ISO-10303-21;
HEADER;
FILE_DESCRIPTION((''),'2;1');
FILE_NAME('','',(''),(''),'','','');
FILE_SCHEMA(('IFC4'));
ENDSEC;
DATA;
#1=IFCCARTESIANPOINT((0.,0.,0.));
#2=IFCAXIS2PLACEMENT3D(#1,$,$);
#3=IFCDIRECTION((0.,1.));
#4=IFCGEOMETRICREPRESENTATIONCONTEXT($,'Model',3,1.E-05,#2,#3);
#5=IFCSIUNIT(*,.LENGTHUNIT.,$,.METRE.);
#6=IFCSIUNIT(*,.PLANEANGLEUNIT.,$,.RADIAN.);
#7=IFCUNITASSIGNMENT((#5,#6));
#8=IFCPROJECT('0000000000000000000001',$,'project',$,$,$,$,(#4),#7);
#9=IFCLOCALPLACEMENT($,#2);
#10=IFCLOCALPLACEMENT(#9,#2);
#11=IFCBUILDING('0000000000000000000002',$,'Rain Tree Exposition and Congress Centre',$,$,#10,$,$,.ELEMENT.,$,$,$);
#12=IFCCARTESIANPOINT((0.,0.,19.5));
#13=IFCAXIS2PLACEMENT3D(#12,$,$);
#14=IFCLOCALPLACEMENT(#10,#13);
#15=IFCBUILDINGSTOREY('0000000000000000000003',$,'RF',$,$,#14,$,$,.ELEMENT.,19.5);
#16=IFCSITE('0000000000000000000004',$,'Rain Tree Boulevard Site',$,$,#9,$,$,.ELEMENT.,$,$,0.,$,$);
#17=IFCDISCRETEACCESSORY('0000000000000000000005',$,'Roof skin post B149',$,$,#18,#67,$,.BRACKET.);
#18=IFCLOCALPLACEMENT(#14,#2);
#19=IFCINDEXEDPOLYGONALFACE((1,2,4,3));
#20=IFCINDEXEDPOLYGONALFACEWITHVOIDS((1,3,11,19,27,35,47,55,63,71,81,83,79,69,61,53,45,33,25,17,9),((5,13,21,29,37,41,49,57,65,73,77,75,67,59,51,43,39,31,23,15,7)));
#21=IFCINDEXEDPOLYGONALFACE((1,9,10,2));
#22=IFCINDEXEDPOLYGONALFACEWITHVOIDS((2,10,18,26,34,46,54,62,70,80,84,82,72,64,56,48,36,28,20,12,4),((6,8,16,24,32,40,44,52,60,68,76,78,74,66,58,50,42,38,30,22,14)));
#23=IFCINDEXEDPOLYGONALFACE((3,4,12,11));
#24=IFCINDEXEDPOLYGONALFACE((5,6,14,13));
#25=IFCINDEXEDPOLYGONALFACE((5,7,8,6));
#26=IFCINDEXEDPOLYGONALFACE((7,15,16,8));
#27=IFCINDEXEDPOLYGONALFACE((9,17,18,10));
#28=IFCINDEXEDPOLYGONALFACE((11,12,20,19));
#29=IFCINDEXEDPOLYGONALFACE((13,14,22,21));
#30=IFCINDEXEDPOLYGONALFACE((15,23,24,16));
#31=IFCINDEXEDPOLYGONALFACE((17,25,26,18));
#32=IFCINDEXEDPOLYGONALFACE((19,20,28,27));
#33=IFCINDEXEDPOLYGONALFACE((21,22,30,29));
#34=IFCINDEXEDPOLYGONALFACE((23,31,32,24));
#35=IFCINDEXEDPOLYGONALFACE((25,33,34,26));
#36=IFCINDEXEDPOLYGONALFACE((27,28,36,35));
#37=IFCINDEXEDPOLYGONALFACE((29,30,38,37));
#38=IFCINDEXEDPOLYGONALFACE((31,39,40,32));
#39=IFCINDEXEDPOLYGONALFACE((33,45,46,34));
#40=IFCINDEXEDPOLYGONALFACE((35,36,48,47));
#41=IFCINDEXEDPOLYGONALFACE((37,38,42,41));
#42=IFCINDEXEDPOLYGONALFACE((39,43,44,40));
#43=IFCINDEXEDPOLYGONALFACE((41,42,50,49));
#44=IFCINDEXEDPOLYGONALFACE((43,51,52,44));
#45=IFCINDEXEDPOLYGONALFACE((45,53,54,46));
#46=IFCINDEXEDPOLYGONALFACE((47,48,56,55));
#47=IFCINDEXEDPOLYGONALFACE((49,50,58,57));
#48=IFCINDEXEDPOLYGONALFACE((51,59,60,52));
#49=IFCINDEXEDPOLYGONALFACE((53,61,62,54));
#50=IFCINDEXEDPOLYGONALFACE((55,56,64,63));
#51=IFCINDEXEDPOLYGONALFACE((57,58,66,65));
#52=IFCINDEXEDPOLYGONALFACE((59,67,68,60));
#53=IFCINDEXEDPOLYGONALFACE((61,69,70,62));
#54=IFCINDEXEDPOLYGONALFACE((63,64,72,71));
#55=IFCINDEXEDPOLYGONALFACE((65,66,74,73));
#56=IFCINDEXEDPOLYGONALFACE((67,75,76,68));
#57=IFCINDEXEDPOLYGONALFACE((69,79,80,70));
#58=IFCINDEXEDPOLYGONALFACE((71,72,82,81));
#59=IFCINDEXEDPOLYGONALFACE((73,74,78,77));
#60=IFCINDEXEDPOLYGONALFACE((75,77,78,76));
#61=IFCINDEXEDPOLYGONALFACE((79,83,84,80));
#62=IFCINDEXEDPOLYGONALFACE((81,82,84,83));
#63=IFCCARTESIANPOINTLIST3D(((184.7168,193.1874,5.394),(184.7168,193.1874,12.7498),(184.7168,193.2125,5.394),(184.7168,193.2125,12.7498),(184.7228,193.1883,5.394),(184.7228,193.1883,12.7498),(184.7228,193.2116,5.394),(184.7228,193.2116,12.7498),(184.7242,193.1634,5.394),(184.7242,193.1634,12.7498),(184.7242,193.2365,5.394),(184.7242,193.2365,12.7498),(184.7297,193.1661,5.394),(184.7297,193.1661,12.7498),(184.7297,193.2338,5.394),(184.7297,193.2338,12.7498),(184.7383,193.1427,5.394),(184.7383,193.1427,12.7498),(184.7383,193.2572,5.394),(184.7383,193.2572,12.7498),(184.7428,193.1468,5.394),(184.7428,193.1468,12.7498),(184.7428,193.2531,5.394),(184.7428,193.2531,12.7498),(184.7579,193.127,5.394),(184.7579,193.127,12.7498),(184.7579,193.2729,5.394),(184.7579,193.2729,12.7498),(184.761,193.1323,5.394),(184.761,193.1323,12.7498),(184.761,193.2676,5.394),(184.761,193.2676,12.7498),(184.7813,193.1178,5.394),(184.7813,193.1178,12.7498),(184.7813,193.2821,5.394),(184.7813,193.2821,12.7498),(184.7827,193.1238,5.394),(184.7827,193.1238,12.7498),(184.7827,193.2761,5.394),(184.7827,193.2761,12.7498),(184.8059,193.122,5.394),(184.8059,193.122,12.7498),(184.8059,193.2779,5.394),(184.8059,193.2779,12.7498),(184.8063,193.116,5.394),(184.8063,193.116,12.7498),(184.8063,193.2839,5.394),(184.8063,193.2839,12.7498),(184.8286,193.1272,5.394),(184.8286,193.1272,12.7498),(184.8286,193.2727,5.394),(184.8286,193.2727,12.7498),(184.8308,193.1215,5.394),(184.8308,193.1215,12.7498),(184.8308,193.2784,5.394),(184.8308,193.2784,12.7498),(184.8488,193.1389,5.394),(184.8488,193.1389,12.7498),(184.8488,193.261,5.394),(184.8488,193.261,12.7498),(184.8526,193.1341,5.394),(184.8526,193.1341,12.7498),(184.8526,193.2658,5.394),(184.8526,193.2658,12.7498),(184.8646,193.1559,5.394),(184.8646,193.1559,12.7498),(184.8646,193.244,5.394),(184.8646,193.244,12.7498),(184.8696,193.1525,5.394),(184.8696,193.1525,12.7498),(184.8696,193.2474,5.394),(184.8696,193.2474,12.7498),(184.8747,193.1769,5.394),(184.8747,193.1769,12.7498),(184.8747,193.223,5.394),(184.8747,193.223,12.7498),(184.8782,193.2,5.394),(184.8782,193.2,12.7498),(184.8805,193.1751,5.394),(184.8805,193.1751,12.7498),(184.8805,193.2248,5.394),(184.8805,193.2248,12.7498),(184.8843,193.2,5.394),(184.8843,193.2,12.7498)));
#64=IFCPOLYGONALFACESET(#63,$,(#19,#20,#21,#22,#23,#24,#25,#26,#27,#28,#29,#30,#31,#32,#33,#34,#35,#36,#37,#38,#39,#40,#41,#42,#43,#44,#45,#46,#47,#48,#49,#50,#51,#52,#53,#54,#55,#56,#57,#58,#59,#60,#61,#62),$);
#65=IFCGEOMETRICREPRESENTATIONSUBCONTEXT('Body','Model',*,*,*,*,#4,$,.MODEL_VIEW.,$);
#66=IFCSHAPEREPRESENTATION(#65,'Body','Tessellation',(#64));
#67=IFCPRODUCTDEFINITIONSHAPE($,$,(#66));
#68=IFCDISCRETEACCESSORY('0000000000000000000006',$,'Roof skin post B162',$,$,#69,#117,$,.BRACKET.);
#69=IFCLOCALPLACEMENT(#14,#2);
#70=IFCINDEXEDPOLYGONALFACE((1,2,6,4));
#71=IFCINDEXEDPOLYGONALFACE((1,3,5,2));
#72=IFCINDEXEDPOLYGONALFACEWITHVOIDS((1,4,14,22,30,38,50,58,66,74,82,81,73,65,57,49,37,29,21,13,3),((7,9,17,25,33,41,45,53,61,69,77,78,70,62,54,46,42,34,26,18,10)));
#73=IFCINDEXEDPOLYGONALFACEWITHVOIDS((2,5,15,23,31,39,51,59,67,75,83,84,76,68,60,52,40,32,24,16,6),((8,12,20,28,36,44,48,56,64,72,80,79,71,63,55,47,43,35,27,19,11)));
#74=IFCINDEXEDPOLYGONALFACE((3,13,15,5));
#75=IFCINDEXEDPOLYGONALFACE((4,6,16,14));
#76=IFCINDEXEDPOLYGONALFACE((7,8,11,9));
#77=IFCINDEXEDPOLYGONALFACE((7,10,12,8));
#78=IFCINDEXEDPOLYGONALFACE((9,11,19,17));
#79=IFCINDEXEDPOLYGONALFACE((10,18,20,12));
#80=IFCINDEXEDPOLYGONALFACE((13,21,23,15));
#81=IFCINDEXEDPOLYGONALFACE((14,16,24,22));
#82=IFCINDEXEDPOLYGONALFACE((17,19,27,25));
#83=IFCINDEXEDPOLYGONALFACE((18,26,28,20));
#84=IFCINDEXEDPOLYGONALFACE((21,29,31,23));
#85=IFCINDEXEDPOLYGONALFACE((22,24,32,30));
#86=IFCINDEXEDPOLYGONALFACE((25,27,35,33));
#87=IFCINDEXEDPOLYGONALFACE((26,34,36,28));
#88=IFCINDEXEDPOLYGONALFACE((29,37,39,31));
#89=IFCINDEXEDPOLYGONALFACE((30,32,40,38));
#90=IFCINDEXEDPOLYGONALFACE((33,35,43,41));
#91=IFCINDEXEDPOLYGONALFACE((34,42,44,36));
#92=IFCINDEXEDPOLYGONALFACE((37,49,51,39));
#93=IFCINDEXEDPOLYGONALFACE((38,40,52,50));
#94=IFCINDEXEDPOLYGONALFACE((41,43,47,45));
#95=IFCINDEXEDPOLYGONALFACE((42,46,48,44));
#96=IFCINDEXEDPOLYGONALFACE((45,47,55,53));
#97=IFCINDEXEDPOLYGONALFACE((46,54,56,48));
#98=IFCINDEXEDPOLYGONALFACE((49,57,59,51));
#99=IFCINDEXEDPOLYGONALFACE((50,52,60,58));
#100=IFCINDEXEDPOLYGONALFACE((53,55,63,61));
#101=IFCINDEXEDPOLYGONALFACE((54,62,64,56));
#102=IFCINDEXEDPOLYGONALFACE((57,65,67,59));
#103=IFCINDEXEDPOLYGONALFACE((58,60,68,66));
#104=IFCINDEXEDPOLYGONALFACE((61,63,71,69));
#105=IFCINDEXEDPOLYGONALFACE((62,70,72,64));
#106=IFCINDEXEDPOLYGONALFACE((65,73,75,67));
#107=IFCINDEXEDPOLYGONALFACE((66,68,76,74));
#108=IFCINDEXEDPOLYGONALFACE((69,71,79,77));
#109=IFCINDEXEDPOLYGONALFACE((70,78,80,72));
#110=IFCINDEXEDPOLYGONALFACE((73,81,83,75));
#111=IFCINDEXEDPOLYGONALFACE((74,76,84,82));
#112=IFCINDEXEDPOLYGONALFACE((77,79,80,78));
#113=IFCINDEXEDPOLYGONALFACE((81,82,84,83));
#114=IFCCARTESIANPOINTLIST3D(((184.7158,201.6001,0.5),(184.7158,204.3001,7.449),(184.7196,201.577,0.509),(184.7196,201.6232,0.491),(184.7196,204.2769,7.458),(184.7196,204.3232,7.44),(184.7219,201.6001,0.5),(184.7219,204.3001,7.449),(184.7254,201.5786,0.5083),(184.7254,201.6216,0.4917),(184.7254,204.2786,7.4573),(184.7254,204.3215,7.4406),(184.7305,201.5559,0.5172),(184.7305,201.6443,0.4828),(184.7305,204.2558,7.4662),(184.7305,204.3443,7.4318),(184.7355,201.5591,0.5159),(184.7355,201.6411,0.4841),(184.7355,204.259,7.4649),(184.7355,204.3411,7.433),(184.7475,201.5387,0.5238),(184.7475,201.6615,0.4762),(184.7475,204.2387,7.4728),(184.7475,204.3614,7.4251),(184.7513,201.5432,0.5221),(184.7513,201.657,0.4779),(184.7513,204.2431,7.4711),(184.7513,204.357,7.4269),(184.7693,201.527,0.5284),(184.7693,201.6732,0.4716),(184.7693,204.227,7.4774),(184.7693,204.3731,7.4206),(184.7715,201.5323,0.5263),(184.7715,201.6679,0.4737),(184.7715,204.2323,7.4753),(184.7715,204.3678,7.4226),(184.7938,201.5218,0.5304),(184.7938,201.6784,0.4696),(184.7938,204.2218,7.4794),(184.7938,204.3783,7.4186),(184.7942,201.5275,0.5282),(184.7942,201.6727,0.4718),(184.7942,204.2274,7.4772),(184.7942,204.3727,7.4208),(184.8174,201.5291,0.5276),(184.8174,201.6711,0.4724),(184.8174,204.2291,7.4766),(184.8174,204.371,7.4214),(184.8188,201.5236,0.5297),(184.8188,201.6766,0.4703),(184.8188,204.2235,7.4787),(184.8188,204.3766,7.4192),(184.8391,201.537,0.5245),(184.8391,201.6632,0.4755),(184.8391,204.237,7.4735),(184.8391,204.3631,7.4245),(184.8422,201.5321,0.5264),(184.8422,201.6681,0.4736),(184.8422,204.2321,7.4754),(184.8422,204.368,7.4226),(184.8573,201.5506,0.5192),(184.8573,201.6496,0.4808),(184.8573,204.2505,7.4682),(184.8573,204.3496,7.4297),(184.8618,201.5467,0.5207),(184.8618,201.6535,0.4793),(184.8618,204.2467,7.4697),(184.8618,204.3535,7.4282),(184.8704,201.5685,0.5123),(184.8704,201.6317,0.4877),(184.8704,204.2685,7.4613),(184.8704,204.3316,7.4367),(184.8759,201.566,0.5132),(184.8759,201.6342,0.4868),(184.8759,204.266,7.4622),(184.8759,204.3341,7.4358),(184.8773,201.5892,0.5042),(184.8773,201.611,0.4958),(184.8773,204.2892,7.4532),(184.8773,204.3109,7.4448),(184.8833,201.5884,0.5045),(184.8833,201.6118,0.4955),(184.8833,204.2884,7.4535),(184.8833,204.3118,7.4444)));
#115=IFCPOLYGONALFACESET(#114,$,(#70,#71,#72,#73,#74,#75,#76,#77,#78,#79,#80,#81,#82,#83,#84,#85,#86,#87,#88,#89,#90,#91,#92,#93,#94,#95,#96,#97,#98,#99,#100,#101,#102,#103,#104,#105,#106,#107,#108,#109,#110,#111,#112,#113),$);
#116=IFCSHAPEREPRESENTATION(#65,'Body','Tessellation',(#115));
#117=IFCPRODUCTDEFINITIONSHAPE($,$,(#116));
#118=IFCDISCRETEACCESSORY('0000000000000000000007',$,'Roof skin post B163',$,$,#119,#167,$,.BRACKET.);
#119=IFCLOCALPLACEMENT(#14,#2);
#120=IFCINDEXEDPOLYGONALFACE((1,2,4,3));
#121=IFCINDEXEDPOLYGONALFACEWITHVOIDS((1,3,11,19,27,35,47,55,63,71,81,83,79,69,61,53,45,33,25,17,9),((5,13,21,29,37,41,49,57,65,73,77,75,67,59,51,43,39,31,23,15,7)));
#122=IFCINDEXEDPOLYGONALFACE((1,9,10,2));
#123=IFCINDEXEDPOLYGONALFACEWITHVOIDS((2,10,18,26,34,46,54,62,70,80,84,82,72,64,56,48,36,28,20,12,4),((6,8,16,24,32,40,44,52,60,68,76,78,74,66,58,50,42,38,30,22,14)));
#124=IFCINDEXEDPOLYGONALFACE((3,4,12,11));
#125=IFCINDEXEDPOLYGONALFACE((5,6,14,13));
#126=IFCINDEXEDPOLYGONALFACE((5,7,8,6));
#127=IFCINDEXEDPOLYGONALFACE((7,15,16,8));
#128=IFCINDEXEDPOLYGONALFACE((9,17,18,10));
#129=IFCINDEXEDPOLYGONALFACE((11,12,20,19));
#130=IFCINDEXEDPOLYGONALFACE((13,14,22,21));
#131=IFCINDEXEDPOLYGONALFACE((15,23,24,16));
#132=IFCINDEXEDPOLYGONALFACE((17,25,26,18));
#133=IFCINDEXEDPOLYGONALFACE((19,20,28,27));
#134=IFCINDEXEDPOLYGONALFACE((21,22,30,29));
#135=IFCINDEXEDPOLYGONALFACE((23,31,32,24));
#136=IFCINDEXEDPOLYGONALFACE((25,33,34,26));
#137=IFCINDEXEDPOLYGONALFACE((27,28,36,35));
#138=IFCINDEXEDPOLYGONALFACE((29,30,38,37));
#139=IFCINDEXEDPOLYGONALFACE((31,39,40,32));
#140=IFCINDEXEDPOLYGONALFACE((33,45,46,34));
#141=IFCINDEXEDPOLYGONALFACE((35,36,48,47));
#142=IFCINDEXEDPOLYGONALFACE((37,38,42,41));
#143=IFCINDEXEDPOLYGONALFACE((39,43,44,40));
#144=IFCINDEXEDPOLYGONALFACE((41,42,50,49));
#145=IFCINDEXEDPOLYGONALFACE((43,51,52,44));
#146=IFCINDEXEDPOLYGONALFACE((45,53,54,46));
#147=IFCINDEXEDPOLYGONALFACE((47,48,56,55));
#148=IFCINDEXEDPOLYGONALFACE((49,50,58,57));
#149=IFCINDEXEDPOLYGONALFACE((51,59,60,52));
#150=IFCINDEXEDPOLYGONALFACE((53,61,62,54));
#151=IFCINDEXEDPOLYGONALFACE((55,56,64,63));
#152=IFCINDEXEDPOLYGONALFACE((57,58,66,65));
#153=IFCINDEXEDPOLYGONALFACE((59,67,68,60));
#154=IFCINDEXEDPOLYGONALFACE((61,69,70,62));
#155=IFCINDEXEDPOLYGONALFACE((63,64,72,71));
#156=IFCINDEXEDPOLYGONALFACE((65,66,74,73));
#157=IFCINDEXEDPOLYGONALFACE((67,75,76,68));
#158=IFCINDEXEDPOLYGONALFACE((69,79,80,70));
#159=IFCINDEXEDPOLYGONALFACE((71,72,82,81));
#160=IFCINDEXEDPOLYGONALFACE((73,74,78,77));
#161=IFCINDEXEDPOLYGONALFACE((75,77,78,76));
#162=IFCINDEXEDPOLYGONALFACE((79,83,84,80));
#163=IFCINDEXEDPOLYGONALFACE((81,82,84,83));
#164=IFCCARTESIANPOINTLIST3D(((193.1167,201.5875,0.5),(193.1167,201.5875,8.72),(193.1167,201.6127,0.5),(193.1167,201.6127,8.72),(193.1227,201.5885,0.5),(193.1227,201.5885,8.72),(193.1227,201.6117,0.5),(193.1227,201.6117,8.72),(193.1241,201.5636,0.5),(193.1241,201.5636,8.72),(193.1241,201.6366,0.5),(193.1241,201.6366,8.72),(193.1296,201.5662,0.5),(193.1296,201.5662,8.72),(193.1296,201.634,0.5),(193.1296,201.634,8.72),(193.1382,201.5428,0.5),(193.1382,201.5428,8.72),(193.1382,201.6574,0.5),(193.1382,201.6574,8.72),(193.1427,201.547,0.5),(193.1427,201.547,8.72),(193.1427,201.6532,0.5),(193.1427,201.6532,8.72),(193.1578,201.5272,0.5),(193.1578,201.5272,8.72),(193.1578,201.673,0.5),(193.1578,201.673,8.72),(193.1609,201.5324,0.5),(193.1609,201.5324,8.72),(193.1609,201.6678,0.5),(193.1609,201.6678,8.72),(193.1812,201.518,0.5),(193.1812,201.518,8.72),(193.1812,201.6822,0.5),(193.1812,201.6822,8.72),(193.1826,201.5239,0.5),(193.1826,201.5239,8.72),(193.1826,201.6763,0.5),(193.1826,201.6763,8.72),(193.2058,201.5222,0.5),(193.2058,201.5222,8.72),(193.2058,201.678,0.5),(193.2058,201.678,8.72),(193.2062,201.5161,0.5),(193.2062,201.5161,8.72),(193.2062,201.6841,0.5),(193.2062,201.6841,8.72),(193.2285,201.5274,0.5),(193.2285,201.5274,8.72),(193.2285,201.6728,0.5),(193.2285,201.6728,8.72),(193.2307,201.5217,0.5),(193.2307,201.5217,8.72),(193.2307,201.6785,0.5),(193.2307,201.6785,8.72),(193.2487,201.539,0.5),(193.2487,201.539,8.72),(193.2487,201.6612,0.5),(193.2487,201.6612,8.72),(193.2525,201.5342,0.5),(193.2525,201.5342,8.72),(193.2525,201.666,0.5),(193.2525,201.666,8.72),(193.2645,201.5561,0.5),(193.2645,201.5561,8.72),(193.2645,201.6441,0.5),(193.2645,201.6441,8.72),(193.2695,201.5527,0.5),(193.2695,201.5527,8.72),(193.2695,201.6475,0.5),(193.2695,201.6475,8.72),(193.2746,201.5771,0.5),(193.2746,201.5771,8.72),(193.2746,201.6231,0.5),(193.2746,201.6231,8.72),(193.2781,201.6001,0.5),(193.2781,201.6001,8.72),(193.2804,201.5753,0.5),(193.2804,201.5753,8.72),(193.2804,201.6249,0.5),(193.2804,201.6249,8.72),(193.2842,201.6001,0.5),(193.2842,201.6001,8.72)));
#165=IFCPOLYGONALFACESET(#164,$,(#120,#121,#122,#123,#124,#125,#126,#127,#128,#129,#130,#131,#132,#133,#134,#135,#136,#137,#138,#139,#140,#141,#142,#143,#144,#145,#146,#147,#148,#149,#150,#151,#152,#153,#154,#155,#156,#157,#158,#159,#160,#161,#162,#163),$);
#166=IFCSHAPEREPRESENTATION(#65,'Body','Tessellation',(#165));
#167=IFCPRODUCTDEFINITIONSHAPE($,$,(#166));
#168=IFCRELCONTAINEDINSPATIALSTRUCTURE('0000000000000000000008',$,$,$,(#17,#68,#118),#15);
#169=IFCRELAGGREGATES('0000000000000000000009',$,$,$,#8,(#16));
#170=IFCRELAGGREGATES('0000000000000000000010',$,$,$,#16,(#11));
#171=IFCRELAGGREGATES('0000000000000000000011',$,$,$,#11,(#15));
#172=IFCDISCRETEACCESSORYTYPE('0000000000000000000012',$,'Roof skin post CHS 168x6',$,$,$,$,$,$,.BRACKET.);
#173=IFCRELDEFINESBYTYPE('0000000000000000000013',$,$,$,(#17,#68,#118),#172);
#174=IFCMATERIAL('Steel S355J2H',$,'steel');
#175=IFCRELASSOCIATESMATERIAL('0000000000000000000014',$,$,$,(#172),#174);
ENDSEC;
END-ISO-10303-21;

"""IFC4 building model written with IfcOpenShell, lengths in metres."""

from ifc_helpers import new_model, si_unit, direction, frame, origin, origin_2d, place, context, subcontext, project, spatial, hollow_circle, extrude, material, material_profile, profile_set, type_object, element, save


model = new_model("IFC4")

# Units and contexts
model_context = context("Model", 3, precision=1e-05, world=origin(), true_north=direction((0.0, 1.0)))
body_context = subcontext(model_context, "Body", "Model", "MODEL_VIEW")
ifc_project = project(units=[si_unit("LENGTHUNIT", "METRE"), si_unit("PLANEANGLEUNIT", "RADIAN")], contexts=[model_context])

# Site, building, storey
site_placement = place(None, origin())
site = spatial("IfcSite", under=ifc_project, at=site_placement, Name="Rain Tree Boulevard Site", CompositionType="ELEMENT", RefElevation=0.0)
building_placement = place(site_placement, origin())
building = spatial("IfcBuilding", under=site, at=building_placement, Name="Rain Tree Exposition and Congress Centre", CompositionType="ELEMENT")
storey_placement = place(building_placement, frame((0.0, 0.0, 19.5)))
storey = spatial("IfcBuildingStorey", under=building, at=storey_placement, Name="RF", CompositionType="ELEMENT", Elevation=19.5)

# Discrete accessories
ifc_material_1 = material(Name="Steel S355J2H", Category="steel")
ifc_material_profile_1 = material_profile(ifc_material_1, hollow_circle(Radius=0.0842, WallThickness=0.0061, at=origin_2d()), Name="CHS 168x6")
ifc_profile_set_1 = profile_set([ifc_material_profile_1], Name="Steel S355J2H")
discrete_accessory_type_1 = type_object("IfcDiscreteAccessoryType", Name="Roof skin post CHS 168x6", PredefinedType="BRACKET", material=ifc_profile_set_1)
discrete_accessory_1_placement = place(storey_placement, frame((184.8, 193.2, 5.394), z_axis=(0.0, 0.0, 1.0), x_axis=(1.0, 0.0, 0.0)))
element("IfcDiscreteAccessory", 1, at=discrete_accessory_1_placement, inside=storey, type_object=discrete_accessory_type_1, Name="Roof skin post B149", PredefinedType="BRACKET", context=body_context, shape_type="SweptSolid", body=[
    extrude(hollow_circle(Radius=0.0842, WallThickness=0.0061, at=origin_2d()), origin(), (0.0, 0.0, 1.0), 7.3557),
])
discrete_accessory_2_placement = place(storey_placement, frame((184.8, 201.6001, 0.5), z_axis=(0.0, 0.362163, 0.932115), x_axis=(-1.0, 0.0, 0.0)))
element("IfcDiscreteAccessory", 2, at=discrete_accessory_2_placement, inside=storey, type_object=discrete_accessory_type_1, Name="Roof skin post B162", PredefinedType="BRACKET", context=body_context, shape_type="SweptSolid", body=[
    extrude(hollow_circle(Radius=0.0842, WallThickness=0.0061, at=origin_2d()), origin(), (0.0, 0.0, 1.0), 7.4551),
])
discrete_accessory_3_placement = place(storey_placement, frame((193.2, 201.6001, 0.5), z_axis=(0.0, 0.0, 1.0), x_axis=(1.0, 0.0, 0.0)))
element("IfcDiscreteAccessory", 3, at=discrete_accessory_3_placement, inside=storey, type_object=discrete_accessory_type_1, Name="Roof skin post B163", PredefinedType="BRACKET", context=body_context, shape_type="SweptSolid", body=[
    extrude(hollow_circle(Radius=0.0842, WallThickness=0.0061, at=origin_2d()), origin(), (0.0, 0.0, 1.0), 8.22),
])

save(model, "model.ifc")
